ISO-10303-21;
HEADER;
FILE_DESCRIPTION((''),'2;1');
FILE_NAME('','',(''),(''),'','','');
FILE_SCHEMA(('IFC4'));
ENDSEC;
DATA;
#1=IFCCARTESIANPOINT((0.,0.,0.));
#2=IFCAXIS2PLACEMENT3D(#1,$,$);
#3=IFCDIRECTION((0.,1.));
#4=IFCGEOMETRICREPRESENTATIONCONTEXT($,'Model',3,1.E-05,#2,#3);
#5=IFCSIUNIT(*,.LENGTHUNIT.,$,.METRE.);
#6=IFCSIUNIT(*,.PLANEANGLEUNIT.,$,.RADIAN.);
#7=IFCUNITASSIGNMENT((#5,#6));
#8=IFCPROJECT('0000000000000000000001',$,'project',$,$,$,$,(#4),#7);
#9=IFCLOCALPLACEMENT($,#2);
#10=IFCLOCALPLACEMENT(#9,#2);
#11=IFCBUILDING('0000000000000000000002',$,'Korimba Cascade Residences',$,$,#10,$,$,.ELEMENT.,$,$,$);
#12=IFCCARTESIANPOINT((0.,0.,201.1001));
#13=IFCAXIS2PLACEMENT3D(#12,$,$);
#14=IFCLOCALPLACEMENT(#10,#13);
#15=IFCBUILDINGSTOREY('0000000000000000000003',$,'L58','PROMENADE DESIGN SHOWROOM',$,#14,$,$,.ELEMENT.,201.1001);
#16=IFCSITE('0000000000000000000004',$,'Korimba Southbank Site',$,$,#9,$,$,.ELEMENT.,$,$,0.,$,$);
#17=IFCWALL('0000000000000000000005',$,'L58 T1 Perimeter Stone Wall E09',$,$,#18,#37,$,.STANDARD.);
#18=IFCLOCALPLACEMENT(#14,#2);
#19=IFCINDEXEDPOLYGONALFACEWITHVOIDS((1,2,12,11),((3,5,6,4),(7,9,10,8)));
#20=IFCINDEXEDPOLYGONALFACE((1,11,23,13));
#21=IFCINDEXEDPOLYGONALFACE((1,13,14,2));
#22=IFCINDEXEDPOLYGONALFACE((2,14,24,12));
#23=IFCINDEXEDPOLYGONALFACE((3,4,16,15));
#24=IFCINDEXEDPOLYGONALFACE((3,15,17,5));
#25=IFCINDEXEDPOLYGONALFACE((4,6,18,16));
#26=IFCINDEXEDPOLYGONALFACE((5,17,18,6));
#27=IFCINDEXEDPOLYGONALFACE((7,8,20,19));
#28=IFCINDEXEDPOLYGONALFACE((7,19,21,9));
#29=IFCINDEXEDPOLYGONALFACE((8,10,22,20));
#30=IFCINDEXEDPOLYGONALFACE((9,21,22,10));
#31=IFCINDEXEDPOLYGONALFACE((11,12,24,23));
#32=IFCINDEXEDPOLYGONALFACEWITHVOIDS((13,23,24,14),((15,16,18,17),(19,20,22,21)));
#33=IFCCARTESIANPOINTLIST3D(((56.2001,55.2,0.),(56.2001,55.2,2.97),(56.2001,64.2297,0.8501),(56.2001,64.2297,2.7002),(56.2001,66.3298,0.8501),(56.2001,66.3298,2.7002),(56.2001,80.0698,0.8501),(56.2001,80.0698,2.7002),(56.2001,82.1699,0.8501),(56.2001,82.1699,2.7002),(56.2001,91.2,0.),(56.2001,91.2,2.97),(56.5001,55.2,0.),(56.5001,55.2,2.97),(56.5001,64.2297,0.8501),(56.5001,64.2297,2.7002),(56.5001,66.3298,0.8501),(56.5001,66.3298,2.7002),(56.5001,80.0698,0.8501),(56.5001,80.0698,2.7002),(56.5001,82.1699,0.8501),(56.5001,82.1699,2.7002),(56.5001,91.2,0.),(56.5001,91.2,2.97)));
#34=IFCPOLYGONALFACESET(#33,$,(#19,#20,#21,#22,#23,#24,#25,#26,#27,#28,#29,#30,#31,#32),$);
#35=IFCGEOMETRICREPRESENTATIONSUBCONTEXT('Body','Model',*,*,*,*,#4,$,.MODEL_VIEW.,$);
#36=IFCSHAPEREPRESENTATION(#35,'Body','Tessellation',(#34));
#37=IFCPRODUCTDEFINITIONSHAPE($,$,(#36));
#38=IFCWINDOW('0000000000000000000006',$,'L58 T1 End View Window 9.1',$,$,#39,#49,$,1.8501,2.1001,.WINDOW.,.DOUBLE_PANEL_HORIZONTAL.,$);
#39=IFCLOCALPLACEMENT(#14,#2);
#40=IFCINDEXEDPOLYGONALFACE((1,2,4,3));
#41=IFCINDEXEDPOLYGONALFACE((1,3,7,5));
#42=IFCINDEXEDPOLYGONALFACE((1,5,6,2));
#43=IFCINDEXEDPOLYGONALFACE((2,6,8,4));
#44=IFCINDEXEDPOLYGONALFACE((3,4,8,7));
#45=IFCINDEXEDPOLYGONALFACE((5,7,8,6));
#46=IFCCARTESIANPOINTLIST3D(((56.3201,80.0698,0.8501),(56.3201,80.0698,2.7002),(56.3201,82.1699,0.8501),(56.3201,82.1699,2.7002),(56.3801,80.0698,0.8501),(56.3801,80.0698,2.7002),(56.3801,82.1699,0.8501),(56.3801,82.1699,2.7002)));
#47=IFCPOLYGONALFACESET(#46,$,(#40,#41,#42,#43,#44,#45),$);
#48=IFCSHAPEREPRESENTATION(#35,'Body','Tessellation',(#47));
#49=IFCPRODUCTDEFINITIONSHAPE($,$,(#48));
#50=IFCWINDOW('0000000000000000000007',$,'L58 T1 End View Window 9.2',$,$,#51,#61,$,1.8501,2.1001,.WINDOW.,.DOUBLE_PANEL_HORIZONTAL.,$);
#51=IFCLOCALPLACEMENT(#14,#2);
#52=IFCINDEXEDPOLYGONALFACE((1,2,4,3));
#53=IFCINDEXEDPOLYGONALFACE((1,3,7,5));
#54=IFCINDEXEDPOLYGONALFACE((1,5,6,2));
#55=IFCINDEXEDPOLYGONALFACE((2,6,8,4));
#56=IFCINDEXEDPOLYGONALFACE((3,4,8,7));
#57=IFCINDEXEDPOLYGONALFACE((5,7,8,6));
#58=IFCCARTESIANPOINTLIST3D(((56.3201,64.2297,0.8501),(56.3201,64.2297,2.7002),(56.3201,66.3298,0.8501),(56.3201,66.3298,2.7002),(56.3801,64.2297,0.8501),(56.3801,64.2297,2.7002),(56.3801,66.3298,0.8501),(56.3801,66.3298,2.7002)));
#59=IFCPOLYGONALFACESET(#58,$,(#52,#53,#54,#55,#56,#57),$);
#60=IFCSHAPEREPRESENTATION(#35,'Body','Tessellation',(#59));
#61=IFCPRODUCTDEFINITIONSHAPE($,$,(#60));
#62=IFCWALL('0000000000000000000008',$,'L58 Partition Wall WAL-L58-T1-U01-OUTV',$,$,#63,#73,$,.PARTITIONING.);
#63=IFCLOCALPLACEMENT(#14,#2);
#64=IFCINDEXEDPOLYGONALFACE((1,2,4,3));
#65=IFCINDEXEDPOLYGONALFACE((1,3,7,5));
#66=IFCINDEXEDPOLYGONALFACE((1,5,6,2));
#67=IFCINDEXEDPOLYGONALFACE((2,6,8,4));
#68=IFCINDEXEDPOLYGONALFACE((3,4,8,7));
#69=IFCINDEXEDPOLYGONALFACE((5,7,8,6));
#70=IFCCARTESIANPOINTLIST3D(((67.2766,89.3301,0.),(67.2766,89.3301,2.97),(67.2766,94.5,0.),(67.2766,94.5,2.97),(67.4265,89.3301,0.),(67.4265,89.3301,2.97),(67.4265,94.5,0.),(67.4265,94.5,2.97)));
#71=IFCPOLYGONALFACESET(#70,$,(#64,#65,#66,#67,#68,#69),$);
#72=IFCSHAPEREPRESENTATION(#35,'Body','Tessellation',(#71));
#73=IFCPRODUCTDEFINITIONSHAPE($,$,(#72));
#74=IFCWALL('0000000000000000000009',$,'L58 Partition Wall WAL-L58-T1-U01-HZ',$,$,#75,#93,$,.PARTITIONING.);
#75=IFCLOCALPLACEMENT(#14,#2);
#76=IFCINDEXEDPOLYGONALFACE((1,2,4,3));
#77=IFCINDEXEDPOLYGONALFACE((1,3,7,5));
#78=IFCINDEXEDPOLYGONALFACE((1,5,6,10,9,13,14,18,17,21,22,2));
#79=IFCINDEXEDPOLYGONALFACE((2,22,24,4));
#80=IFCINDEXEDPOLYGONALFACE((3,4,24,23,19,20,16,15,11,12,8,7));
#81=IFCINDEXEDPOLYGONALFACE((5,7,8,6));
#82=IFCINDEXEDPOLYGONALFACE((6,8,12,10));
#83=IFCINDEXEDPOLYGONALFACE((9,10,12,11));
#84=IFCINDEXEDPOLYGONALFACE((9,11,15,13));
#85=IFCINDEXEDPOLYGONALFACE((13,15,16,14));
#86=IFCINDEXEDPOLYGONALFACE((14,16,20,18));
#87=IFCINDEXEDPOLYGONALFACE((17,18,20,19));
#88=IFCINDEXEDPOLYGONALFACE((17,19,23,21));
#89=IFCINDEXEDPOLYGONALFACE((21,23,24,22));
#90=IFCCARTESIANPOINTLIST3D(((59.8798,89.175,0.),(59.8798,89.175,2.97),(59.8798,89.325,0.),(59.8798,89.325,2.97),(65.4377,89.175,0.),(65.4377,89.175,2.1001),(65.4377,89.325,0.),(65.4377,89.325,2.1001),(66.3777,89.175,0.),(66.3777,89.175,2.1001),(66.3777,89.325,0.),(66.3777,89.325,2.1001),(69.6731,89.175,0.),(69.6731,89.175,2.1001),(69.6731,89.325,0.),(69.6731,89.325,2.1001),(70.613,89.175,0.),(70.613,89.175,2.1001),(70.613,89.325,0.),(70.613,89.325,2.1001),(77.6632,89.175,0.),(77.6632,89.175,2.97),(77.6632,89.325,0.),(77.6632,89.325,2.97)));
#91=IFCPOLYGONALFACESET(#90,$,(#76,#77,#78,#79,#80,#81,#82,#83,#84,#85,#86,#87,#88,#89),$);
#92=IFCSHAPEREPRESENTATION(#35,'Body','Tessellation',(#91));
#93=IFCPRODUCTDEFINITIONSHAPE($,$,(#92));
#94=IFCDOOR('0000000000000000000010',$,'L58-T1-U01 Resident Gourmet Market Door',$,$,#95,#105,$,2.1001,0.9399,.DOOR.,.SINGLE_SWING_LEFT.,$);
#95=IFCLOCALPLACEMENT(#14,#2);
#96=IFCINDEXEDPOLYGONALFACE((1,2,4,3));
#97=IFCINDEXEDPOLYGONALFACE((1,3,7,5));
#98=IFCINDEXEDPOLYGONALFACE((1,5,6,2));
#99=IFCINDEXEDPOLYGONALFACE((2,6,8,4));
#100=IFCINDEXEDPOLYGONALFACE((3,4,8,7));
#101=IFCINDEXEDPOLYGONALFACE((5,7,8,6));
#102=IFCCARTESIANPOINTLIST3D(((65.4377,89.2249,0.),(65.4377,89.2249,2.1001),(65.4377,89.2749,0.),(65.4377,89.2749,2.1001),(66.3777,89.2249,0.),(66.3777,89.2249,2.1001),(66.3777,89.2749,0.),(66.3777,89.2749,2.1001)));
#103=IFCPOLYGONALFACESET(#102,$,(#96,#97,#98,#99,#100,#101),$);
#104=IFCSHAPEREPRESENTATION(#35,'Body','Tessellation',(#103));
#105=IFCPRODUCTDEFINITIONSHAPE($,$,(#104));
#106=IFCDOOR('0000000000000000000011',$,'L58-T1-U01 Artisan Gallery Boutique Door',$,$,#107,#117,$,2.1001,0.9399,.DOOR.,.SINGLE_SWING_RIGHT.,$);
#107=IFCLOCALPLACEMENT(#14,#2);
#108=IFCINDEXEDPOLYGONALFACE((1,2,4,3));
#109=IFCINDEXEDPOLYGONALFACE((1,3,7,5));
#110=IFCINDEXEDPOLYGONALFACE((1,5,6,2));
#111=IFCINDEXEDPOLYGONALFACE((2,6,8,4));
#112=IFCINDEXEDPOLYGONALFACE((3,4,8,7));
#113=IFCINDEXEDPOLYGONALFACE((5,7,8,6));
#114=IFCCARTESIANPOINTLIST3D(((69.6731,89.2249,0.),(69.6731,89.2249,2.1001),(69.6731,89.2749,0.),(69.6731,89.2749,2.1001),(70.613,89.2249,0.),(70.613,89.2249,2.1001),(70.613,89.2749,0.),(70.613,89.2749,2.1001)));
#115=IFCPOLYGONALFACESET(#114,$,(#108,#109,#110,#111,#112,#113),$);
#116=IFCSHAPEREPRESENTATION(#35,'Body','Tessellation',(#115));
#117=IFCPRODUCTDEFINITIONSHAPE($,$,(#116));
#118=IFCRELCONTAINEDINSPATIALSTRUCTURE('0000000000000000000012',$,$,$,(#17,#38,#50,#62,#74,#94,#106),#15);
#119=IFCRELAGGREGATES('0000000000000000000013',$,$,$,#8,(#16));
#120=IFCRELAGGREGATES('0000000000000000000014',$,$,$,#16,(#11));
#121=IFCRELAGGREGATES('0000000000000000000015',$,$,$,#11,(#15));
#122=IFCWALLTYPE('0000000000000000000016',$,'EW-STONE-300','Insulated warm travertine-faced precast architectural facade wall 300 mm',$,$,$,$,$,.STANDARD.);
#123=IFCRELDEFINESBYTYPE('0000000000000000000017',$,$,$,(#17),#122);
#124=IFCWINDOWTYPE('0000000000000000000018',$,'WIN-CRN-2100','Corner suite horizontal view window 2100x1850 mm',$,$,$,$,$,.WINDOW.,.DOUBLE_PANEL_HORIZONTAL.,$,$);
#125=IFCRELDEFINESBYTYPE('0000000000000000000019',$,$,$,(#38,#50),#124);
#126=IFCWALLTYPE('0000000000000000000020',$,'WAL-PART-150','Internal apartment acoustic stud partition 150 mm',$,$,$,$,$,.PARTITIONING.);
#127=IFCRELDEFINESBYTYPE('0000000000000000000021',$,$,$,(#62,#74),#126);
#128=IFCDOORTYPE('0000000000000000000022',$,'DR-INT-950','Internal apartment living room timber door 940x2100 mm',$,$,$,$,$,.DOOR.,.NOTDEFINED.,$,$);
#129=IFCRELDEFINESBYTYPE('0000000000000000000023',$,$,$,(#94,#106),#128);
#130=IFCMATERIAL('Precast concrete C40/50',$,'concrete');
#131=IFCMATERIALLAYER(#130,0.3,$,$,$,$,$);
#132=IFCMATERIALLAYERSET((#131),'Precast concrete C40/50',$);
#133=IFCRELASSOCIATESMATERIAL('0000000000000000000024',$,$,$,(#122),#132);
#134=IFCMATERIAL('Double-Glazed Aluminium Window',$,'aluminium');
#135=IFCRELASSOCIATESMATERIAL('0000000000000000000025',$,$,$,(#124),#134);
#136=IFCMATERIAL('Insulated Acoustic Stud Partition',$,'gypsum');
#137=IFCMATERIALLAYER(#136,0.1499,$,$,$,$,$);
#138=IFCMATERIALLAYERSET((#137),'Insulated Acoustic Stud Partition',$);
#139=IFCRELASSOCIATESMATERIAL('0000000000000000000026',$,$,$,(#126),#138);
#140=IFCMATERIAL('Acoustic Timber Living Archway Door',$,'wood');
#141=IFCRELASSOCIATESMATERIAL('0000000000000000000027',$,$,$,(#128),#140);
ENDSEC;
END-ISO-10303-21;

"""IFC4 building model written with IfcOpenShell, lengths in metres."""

from ifc_helpers import new_model, si_unit, direction, frame, frame_2d, origin, place, context, subcontext, project, spatial, rectangle, extrude, material, layer, layer_set, type_object, element, fill, save


model = new_model("IFC4")

# Units and contexts
model_context = context("Model", 3, precision=1e-05, world=origin(), true_north=direction((0.0, 1.0)))
body_context = subcontext(model_context, "Body", "Model", "MODEL_VIEW")
ifc_project = project(units=[si_unit("LENGTHUNIT", "METRE"), si_unit("PLANEANGLEUNIT", "RADIAN")], contexts=[model_context])

# Site, building, storey
site_placement = place(None, origin())
site = spatial("IfcSite", under=ifc_project, at=site_placement, Name="Korimba Southbank Site", CompositionType="ELEMENT", RefElevation=0.0)
building_placement = place(site_placement, origin())
building = spatial("IfcBuilding", under=site, at=building_placement, Name="Korimba Cascade Residences", CompositionType="ELEMENT")
storey_placement = place(building_placement, frame((0.0, 0.0, 201.1001)))
storey = spatial("IfcBuildingStorey", under=building, at=storey_placement, Name="L58", Description="PROMENADE DESIGN SHOWROOM", CompositionType="ELEMENT", Elevation=201.1001)

# Shared definitions
ifc_material_1 = material(Name="Precast concrete C40/50", Category="concrete")
ifc_layer_1 = layer(ifc_material_1, 0.3)
ifc_layer_set_1 = layer_set([ifc_layer_1], Name="Precast concrete C40/50")
wall_type_1 = type_object("IfcWallType", Name="EW-STONE-300", Description="Insulated warm travertine-faced precast architectural facade wall 300 mm", PredefinedType="STANDARD", material=ifc_layer_set_1)

# Wall, openings, windows
wall_1_placement = place(storey_placement, frame((56.3501, 91.2, 0.0), z_axis=(0.0, 0.0, 1.0), x_axis=(0.0, -1.0, 0.0)))
wall_1 = element("IfcWall", 1, at=wall_1_placement, inside=storey, type_object=wall_type_1, Name="L58 T1 Perimeter Stone Wall E09", PredefinedType="STANDARD", context=body_context, shape_type="SweptSolid", body=[
    extrude(rectangle(XDim=36.0, YDim=0.3, at=frame_2d((18.0, 0.0))), origin(), (0.0, 0.0, 1.0), 2.97),
])
opening_1_placement = place(wall_1_placement, frame((9.03, 0.0, 0.8501)))
opening_1 = element("IfcOpeningElement", 2, at=opening_1_placement, cuts=wall_1, PredefinedType="OPENING", context=body_context, shape_type="SweptSolid", body=[
    extrude(rectangle(XDim=2.1001, YDim=1.8501, at=frame_2d((1.05, 0.925))), frame((0.0, 0.1602, 0.0), z_axis=(0.0, -1.0, 0.0), x_axis=(1.0, 0.0, 0.0)), (0.0, 0.0, 1.0), 0.3201),
])
opening_2_placement = place(wall_1_placement, frame((24.8701, 0.0, 0.8501)))
opening_2 = element("IfcOpeningElement", 3, at=opening_2_placement, cuts=wall_1, PredefinedType="OPENING", context=body_context, shape_type="SweptSolid", body=[
    extrude(rectangle(XDim=2.1001, YDim=1.8501, at=frame_2d((1.05, 0.925))), frame((0.0, 0.1602, 0.0), z_axis=(0.0, -1.0, 0.0), x_axis=(1.0, 0.0, 0.0)), (0.0, 0.0, 1.0), 0.3201),
])
ifc_material_2 = material(Name="Double-Glazed Aluminium Window", Category="aluminium")
window_type = type_object("IfcWindowType", Name="WIN-CRN-2100", Description="Corner suite horizontal view window 2100x1850 mm", PartitioningType="DOUBLE_PANEL_HORIZONTAL", PredefinedType="WINDOW", material=ifc_material_2)
window_1_placement = place(opening_1_placement, origin())
window_1 = element("IfcWindow", 4, at=window_1_placement, inside=storey, type_object=window_type, Name="L58 T1 End View Window 9.1", OverallHeight=1.8501, OverallWidth=2.1001, PartitioningType="DOUBLE_PANEL_HORIZONTAL", PredefinedType="WINDOW", context=body_context, shape_type="SweptSolid", body=[
    extrude(rectangle(XDim=2.1001, YDim=1.8501, at=frame_2d((1.05, 0.925))), frame((0.0, 0.03, 0.0), z_axis=(0.0, -1.0, 0.0), x_axis=(1.0, 0.0, 0.0)), (0.0, 0.0, 1.0), 0.0601),
])
fill(opening_1, window_1)
window_2_placement = place(opening_2_placement, origin())
window_2 = element("IfcWindow", 5, at=window_2_placement, inside=storey, type_object=window_type, Name="L58 T1 End View Window 9.2", OverallHeight=1.8501, OverallWidth=2.1001, PartitioningType="DOUBLE_PANEL_HORIZONTAL", PredefinedType="WINDOW", context=body_context, shape_type="SweptSolid", body=[
    extrude(rectangle(XDim=2.1001, YDim=1.8501, at=frame_2d((1.05, 0.925))), frame((0.0, 0.03, 0.0), z_axis=(0.0, -1.0, 0.0), x_axis=(1.0, 0.0, 0.0)), (0.0, 0.0, 1.0), 0.0601),
])
fill(opening_2, window_2)

# Wall
ifc_material_3 = material(Name="Insulated Acoustic Stud Partition", Category="gypsum")
ifc_layer_2 = layer(ifc_material_3, 0.1499)
ifc_layer_set_2 = layer_set([ifc_layer_2], Name="Insulated Acoustic Stud Partition")
wall_type_2 = type_object("IfcWallType", Name="WAL-PART-150", Description="Internal apartment acoustic stud partition 150 mm", PredefinedType="PARTITIONING", material=ifc_layer_set_2)
wall_2_placement = place(storey_placement, frame((67.3516, 89.3301, 0.0), z_axis=(0.0, 0.0, 1.0), x_axis=(0.0, 1.0, 0.0)))
element("IfcWall", 6, at=wall_2_placement, inside=storey, type_object=wall_type_2, Name="L58 Partition Wall WAL-L58-T1-U01-OUTV", PredefinedType="PARTITIONING", context=body_context, shape_type="SweptSolid", body=[
    extrude(rectangle(XDim=5.1699, YDim=0.1499, at=frame_2d((2.585, 0.0))), origin(), (0.0, 0.0, 1.0), 2.97),
])

# Wall, openings, doors
wall_3_placement = place(storey_placement, frame((59.8799, 89.25, 0.0), z_axis=(0.0, 0.0, 1.0), x_axis=(1.0, 0.0, 0.0)))
wall_3 = element("IfcWall", 7, at=wall_3_placement, inside=storey, type_object=wall_type_2, Name="L58 Partition Wall WAL-L58-T1-U01-HZ", PredefinedType="PARTITIONING", context=body_context, shape_type="SweptSolid", body=[
    extrude(rectangle(XDim=17.7834, YDim=0.1499, at=frame_2d((8.8916, 0.0))), origin(), (0.0, 0.0, 1.0), 2.97),
])
opening_3_placement = place(wall_3_placement, frame((5.5579, 0.0, 0.0)))
opening_3 = element("IfcOpeningElement", 8, at=opening_3_placement, cuts=wall_3, PredefinedType="OPENING", context=body_context, shape_type="SweptSolid", body=[
    extrude(rectangle(XDim=0.9399, YDim=2.1001, at=frame_2d((0.47, 1.05))), frame((0.0, 0.085, 0.0), z_axis=(0.0, -1.0, 0.0), x_axis=(1.0, 0.0, 0.0)), (0.0, 0.0, 1.0), 0.1699),
])
opening_4_placement = place(wall_3_placement, frame((9.7932, 0.0, 0.0)))
opening_4 = element("IfcOpeningElement", 9, at=opening_4_placement, cuts=wall_3, PredefinedType="OPENING", context=body_context, shape_type="SweptSolid", body=[
    extrude(rectangle(XDim=0.9399, YDim=2.1001, at=frame_2d((0.47, 1.05))), frame((0.0, 0.085, 0.0), z_axis=(0.0, -1.0, 0.0), x_axis=(1.0, 0.0, 0.0)), (0.0, 0.0, 1.0), 0.1699),
])
ifc_material_4 = material(Name="Acoustic Timber Living Archway Door", Category="wood")
door_type = type_object("IfcDoorType", Name="DR-INT-950", Description="Internal apartment living room timber door 940x2100 mm", OperationType="NOTDEFINED", PredefinedType="DOOR", material=ifc_material_4)
door_1_placement = place(opening_3_placement, origin())
door_1 = element("IfcDoor", 10, at=door_1_placement, inside=storey, type_object=door_type, Name="L58-T1-U01 Resident Gourmet Market Door", OperationType="SINGLE_SWING_LEFT", OverallHeight=2.1001, OverallWidth=0.9399, PredefinedType="DOOR", context=body_context, shape_type="SweptSolid", body=[
    extrude(rectangle(XDim=0.9399, YDim=2.1001, at=frame_2d((0.47, 1.05))), frame((0.0, 0.0249, 0.0), z_axis=(0.0, -1.0, 0.0), x_axis=(1.0, 0.0, 0.0)), (0.0, 0.0, 1.0), 0.05),
])
fill(opening_3, door_1)
door_2_placement = place(opening_4_placement, origin())
door_2 = element("IfcDoor", 11, at=door_2_placement, inside=storey, type_object=door_type, Name="L58-T1-U01 Artisan Gallery Boutique Door", OperationType="SINGLE_SWING_RIGHT", OverallHeight=2.1001, OverallWidth=0.9399, PredefinedType="DOOR", context=body_context, shape_type="SweptSolid", body=[
    extrude(rectangle(XDim=0.9399, YDim=2.1001, at=frame_2d((0.47, 1.05))), frame((0.0, 0.0249, 0.0), z_axis=(0.0, -1.0, 0.0), x_axis=(1.0, 0.0, 0.0)), (0.0, 0.0, 1.0), 0.05),
])
fill(opening_4, door_2)

save(model, "model.ifc")
